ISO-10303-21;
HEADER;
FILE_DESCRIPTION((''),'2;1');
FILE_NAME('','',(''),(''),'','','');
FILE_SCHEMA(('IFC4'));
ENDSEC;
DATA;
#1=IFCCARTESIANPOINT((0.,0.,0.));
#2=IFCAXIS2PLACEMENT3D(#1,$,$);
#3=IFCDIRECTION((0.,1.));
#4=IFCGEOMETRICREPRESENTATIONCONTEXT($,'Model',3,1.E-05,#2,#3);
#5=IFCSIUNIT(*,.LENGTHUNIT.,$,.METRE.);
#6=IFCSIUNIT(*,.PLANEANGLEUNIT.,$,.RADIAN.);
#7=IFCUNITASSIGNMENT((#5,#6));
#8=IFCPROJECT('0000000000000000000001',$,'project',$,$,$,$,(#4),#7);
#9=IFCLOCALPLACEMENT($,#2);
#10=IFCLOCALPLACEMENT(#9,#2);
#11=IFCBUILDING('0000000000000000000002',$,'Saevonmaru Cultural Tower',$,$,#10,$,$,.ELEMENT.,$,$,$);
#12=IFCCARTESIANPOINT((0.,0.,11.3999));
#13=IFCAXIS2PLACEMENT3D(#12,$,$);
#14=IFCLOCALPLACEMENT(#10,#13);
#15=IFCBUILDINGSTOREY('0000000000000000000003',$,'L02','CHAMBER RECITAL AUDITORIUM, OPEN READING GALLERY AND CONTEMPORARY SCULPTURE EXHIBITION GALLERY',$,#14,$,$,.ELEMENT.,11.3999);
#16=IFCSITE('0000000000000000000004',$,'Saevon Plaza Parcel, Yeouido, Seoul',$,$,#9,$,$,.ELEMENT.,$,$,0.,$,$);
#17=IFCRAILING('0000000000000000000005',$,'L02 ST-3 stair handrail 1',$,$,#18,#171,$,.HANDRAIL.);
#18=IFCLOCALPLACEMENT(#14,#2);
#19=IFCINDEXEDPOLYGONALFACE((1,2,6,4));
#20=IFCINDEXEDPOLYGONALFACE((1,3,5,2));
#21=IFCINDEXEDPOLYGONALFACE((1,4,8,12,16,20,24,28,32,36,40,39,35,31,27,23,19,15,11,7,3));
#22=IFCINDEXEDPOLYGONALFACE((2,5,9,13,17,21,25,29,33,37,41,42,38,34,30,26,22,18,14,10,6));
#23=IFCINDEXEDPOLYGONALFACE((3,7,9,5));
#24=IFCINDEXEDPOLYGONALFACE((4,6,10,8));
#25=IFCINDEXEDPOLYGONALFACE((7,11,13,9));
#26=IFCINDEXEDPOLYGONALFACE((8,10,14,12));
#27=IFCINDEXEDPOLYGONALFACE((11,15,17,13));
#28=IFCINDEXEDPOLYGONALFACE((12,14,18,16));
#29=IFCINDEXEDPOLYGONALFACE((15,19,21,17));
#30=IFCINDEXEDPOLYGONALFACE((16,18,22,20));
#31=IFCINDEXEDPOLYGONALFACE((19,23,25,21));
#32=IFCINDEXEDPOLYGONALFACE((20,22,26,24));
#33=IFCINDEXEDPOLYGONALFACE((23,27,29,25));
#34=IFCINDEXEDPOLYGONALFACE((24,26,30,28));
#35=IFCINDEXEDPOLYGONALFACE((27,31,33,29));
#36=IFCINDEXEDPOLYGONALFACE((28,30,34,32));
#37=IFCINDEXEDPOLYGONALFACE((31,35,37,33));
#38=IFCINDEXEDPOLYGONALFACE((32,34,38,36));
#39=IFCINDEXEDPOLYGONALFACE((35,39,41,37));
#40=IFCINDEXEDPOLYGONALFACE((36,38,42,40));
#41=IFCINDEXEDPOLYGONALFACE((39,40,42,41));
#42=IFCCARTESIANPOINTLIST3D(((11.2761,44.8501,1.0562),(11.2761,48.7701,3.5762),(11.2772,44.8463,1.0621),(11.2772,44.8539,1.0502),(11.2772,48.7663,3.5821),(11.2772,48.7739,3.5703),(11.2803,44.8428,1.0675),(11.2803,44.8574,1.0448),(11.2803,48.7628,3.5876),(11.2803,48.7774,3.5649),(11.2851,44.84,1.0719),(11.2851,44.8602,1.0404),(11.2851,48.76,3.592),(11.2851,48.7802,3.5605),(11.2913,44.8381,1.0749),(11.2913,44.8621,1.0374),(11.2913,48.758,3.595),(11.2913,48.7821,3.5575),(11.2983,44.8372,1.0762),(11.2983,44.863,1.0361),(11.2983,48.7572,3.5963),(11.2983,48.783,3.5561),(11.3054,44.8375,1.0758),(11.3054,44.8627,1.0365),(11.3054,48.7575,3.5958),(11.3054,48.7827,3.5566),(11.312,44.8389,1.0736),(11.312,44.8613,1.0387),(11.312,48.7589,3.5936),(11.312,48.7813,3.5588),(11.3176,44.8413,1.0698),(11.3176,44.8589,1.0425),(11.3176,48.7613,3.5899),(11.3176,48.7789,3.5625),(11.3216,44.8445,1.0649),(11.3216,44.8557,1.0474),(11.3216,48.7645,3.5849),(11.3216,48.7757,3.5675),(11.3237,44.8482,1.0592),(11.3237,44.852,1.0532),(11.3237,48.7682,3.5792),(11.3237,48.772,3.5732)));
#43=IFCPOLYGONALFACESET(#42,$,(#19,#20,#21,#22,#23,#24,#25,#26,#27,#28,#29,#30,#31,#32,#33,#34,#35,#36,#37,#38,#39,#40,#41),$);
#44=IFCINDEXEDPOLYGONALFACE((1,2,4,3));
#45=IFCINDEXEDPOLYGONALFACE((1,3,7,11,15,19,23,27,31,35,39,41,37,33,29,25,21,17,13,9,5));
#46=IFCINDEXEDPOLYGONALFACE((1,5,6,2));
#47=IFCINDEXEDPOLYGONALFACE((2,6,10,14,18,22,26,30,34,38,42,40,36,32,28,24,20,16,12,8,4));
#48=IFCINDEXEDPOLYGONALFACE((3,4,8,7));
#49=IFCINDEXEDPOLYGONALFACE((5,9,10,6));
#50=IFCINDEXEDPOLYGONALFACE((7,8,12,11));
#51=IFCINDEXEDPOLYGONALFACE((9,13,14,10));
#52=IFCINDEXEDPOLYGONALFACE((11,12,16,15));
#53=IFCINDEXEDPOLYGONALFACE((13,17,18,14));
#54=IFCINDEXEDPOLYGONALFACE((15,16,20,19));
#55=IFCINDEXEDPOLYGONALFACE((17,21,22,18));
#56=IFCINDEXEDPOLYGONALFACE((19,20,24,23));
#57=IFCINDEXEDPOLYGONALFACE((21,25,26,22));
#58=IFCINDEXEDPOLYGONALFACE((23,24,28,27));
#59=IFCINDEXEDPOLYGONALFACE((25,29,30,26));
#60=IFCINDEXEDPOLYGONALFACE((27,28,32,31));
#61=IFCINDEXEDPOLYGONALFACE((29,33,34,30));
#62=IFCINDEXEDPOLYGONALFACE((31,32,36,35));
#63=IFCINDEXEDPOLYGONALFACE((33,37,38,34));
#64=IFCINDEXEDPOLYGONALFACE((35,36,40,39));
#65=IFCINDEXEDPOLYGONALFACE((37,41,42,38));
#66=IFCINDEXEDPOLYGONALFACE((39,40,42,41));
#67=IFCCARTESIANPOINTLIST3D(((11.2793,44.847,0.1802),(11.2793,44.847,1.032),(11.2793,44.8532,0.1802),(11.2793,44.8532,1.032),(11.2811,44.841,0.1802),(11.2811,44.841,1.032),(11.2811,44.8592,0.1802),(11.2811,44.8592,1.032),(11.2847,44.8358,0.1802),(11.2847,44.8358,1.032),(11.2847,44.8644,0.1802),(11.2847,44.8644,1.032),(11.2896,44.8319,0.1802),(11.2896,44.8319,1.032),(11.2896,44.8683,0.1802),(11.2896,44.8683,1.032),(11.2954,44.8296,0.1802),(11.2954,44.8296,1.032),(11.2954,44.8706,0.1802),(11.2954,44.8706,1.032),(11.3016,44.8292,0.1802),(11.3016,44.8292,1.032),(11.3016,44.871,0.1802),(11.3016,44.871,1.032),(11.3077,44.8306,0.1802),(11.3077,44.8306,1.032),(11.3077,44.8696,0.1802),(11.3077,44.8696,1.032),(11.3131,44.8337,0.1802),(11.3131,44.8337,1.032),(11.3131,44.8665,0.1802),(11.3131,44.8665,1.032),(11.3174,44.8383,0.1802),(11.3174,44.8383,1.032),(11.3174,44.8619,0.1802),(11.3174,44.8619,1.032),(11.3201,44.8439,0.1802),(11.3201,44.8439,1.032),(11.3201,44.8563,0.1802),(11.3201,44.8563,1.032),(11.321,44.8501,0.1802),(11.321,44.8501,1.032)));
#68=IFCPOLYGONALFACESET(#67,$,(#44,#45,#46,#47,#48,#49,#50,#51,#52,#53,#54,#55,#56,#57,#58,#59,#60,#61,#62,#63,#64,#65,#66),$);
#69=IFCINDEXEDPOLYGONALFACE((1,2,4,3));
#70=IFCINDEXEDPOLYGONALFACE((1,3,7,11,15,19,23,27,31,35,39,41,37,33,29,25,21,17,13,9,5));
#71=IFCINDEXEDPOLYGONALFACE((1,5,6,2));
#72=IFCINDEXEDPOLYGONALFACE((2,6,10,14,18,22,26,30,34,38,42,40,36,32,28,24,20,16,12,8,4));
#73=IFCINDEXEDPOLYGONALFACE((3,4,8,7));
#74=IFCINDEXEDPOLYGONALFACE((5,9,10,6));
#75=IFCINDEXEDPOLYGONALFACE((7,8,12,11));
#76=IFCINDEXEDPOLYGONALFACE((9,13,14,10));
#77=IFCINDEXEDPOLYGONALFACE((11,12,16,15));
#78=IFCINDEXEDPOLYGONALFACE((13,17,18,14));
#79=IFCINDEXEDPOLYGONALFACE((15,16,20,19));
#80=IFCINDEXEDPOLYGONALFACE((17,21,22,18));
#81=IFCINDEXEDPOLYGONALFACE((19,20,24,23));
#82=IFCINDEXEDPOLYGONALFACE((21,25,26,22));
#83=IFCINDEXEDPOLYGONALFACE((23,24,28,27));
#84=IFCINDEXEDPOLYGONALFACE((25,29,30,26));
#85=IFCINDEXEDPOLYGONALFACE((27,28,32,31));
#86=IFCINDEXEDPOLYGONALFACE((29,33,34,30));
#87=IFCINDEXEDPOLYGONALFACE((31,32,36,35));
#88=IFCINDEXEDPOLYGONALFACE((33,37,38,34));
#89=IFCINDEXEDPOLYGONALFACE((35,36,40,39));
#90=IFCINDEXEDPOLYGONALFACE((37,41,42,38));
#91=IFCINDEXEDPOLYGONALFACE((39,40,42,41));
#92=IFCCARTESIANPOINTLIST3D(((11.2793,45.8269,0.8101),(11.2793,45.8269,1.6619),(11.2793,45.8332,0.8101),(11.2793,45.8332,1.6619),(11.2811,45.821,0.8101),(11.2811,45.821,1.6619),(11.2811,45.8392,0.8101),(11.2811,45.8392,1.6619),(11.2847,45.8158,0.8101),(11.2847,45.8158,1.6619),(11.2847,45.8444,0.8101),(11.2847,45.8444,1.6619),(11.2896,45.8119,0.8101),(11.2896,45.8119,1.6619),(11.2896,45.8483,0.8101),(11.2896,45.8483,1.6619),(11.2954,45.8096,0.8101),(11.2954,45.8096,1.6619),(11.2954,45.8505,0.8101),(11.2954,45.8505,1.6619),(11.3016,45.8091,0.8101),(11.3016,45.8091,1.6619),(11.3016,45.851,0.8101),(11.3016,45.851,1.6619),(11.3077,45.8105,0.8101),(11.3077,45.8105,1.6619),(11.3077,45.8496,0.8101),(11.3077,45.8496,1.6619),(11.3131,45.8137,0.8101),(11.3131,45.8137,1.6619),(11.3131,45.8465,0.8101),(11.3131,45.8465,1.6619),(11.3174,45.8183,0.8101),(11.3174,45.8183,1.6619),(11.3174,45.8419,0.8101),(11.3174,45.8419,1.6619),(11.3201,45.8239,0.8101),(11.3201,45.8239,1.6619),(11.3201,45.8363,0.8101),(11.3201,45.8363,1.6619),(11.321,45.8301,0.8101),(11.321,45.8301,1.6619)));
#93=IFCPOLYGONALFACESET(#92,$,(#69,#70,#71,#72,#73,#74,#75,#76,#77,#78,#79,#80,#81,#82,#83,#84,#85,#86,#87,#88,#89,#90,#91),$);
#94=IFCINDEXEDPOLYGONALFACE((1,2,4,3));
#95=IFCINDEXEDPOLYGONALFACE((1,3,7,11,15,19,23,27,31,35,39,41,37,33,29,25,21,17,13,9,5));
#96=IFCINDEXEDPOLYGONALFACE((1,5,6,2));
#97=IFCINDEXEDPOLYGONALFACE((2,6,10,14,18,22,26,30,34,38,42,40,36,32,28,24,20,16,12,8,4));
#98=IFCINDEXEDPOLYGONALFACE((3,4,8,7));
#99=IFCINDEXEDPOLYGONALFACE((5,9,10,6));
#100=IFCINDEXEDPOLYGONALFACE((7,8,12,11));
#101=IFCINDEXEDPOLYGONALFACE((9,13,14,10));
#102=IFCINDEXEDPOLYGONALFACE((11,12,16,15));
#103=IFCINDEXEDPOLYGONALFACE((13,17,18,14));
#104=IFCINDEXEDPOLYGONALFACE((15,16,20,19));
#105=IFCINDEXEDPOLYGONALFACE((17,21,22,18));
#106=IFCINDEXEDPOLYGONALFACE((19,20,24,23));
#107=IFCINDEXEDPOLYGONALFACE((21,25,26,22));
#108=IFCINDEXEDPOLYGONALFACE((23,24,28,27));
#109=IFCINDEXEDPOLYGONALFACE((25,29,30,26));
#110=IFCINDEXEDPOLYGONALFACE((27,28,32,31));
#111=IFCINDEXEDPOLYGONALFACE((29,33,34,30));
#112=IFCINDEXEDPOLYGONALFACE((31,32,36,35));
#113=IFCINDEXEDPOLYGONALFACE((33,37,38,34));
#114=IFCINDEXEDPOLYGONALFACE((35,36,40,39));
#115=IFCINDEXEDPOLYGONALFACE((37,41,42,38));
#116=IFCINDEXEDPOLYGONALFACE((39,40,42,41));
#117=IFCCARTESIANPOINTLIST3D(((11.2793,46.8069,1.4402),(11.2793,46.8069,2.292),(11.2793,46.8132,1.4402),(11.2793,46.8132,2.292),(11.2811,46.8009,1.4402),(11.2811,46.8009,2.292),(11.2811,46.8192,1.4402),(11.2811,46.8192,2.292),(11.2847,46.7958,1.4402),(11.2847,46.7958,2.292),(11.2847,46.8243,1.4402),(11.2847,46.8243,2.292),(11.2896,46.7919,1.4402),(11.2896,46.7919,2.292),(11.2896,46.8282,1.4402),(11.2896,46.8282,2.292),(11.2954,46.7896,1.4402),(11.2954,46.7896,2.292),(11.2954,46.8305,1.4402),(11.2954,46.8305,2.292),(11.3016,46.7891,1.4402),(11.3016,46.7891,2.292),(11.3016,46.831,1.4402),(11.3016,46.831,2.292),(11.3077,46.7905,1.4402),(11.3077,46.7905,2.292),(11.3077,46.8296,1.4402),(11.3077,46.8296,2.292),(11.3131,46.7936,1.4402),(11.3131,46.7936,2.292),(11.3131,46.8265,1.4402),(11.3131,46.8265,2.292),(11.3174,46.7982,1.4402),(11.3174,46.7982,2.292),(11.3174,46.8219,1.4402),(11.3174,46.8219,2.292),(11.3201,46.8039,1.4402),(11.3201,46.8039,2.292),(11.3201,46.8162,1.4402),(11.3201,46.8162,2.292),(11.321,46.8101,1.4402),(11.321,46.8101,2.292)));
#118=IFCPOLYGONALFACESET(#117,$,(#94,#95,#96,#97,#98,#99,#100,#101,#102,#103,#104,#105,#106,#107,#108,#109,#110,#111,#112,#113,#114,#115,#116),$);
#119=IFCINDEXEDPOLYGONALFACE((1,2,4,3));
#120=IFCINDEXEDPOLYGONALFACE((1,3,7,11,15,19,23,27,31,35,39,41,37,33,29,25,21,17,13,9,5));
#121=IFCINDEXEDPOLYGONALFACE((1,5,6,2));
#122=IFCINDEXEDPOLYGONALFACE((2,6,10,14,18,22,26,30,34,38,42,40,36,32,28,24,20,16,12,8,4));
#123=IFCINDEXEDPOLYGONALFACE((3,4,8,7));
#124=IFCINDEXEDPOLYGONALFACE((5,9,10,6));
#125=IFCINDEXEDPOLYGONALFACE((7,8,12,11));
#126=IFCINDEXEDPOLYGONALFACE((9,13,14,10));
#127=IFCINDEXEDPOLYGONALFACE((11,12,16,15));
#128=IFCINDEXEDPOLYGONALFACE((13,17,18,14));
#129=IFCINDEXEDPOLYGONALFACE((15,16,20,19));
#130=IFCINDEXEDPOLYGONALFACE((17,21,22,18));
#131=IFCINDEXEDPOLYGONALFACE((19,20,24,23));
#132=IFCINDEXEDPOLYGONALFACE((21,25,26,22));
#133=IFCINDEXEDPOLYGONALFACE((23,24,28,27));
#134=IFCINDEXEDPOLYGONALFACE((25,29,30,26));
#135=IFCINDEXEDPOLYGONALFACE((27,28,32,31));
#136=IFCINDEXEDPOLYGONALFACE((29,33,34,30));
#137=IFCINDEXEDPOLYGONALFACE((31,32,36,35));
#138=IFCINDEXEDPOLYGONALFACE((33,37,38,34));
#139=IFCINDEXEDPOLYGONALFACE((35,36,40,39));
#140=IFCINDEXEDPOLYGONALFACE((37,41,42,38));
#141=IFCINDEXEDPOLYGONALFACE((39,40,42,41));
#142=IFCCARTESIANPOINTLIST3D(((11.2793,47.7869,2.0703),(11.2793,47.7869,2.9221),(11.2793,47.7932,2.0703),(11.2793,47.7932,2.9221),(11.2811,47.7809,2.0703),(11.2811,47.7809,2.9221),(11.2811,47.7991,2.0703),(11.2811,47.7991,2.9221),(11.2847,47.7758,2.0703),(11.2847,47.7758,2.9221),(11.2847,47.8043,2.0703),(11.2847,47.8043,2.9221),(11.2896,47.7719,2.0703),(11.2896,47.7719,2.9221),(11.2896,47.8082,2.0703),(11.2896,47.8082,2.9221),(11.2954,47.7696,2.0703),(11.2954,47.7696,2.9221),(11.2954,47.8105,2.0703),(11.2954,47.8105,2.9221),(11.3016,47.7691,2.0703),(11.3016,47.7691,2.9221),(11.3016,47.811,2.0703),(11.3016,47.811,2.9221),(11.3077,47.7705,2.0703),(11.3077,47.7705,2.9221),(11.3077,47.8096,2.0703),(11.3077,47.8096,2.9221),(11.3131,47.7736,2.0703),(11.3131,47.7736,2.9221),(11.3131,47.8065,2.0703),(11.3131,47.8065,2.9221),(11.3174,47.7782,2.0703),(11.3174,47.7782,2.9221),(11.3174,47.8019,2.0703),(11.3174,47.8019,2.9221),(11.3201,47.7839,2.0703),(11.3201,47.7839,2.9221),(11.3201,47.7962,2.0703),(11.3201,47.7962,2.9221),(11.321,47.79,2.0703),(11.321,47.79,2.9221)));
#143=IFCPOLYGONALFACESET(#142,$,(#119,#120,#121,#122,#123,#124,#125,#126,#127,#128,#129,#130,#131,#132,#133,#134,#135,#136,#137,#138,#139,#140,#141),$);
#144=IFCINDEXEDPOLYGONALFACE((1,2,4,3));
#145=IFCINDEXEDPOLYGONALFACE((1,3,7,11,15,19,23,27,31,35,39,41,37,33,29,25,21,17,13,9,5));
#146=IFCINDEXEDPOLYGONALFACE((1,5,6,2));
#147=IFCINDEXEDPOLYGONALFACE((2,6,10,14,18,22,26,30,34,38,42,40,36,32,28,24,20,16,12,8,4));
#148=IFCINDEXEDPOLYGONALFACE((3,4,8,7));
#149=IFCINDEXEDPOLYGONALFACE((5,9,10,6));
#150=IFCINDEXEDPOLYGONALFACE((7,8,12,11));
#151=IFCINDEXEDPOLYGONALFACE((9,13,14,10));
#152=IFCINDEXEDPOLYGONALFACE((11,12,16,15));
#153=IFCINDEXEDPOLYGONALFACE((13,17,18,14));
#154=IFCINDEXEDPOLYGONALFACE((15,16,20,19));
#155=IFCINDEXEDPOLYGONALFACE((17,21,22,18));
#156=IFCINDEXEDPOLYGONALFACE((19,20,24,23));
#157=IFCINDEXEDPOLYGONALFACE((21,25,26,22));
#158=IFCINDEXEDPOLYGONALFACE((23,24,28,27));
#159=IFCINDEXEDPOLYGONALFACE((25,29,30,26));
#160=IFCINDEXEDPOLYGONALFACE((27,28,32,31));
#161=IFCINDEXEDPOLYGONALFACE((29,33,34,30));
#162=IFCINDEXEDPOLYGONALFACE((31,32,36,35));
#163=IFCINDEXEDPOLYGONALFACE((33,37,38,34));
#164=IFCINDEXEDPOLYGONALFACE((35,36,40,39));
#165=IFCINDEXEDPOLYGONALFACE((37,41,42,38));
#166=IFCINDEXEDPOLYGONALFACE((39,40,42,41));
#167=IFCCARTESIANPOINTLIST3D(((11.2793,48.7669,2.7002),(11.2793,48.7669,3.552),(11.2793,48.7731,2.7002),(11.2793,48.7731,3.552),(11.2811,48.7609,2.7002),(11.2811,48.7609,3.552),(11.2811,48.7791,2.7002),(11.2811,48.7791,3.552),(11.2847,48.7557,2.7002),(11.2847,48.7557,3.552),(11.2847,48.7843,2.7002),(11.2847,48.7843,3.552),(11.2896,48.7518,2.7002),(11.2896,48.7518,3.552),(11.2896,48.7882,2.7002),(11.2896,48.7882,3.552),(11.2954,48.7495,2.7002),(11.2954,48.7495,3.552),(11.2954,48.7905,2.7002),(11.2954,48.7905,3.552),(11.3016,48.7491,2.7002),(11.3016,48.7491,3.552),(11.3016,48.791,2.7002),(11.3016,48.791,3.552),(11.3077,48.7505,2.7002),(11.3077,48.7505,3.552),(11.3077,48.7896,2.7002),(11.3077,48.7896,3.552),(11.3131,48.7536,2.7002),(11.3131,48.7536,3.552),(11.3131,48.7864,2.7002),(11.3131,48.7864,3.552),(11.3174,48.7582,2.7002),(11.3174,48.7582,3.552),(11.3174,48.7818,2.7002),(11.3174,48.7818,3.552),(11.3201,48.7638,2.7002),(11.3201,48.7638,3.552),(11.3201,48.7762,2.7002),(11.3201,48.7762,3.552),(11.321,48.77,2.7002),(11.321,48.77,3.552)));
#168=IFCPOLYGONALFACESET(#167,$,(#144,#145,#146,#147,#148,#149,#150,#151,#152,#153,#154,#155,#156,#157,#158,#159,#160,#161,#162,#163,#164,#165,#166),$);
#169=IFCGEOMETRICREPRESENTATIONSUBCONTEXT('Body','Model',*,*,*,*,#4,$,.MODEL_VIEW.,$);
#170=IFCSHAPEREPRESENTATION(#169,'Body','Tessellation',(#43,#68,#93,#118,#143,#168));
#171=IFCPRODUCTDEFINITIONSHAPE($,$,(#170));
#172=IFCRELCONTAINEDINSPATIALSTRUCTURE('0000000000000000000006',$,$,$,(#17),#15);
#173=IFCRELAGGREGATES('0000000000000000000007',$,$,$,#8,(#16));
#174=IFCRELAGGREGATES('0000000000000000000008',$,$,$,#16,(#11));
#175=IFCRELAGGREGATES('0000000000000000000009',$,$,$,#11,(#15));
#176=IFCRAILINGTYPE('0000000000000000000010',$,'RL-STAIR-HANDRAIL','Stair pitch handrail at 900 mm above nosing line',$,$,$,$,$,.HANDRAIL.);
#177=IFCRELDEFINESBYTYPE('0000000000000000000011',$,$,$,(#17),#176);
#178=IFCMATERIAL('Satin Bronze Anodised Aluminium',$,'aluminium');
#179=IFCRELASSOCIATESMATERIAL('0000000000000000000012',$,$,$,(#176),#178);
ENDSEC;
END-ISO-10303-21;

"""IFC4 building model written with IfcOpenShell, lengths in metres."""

from ifc_helpers import new_model, si_unit, direction, frame, origin, origin_2d, place, context, subcontext, project, spatial, circle, extrude, material, type_object, element, save


model = new_model("IFC4")

# Units and contexts
model_context = context("Model", 3, precision=1e-05, world=origin(), true_north=direction((0.0, 1.0)))
body_context = subcontext(model_context, "Body", "Model", "MODEL_VIEW")
ifc_project = project(units=[si_unit("LENGTHUNIT", "METRE"), si_unit("PLANEANGLEUNIT", "RADIAN")], contexts=[model_context])

# Site, building, storey
site_placement = place(None, origin())
site = spatial("IfcSite", under=ifc_project, at=site_placement, Name="Saevon Plaza Parcel, Yeouido, Seoul", CompositionType="ELEMENT", RefElevation=0.0)
building_placement = place(site_placement, origin())
building = spatial("IfcBuilding", under=site, at=building_placement, Name="Saevonmaru Cultural Tower", CompositionType="ELEMENT")
storey_placement = place(building_placement, frame((0.0, 0.0, 11.3999)))
storey = spatial("IfcBuildingStorey", under=building, at=storey_placement, Name="L02", Description="CHAMBER RECITAL AUDITORIUM, OPEN READING GALLERY AND CONTEMPORARY SCULPTURE EXHIBITION GALLERY", CompositionType="ELEMENT", Elevation=11.3999)

# Shared definitions
ifc_material_1 = material(Name="Satin Bronze Anodised Aluminium", Category="aluminium")

# Railing
railing_type_1 = type_object("IfcRailingType", Name="RL-STAIR-HANDRAIL", Description="Stair pitch handrail at 900 mm above nosing line", PredefinedType="HANDRAIL", material=ifc_material_1)
railing_1_placement = place(storey_placement, frame((11.3, 44.8501, 0.1802)))
element("IfcRailing", 1, at=railing_1_placement, inside=storey, type_object=railing_type_1, Name="L02 ST-3 stair handrail 1", PredefinedType="HANDRAIL", context=body_context, shape_type="SweptSolid", body=[
    extrude(circle(Radius=0.0239, at=origin_2d()), frame((0.0, 0.0, 0.876), z_axis=(0.0, 0.841172, 0.540768), x_axis=(-1.0, 0.0, 0.0)), (0.0, 0.0, 1.0), 4.6602),
    extrude(circle(Radius=0.021, at=origin_2d()), origin(), (0.0, 0.0, 1.0), 0.8518),
    extrude(circle(Radius=0.021, at=origin_2d()), frame((0.0, 0.98, 0.6299)), (0.0, 0.0, 1.0), 0.8518),
    extrude(circle(Radius=0.021, at=origin_2d()), frame((0.0, 1.96, 1.26)), (0.0, 0.0, 1.0), 0.8518),
    extrude(circle(Radius=0.021, at=origin_2d()), frame((0.0, 2.9399, 1.8901)), (0.0, 0.0, 1.0), 0.8518),
    extrude(circle(Radius=0.021, at=origin_2d()), frame((0.0, 3.9199, 2.52)), (0.0, 0.0, 1.0), 0.8518),
])

save(model, "model.ifc")
